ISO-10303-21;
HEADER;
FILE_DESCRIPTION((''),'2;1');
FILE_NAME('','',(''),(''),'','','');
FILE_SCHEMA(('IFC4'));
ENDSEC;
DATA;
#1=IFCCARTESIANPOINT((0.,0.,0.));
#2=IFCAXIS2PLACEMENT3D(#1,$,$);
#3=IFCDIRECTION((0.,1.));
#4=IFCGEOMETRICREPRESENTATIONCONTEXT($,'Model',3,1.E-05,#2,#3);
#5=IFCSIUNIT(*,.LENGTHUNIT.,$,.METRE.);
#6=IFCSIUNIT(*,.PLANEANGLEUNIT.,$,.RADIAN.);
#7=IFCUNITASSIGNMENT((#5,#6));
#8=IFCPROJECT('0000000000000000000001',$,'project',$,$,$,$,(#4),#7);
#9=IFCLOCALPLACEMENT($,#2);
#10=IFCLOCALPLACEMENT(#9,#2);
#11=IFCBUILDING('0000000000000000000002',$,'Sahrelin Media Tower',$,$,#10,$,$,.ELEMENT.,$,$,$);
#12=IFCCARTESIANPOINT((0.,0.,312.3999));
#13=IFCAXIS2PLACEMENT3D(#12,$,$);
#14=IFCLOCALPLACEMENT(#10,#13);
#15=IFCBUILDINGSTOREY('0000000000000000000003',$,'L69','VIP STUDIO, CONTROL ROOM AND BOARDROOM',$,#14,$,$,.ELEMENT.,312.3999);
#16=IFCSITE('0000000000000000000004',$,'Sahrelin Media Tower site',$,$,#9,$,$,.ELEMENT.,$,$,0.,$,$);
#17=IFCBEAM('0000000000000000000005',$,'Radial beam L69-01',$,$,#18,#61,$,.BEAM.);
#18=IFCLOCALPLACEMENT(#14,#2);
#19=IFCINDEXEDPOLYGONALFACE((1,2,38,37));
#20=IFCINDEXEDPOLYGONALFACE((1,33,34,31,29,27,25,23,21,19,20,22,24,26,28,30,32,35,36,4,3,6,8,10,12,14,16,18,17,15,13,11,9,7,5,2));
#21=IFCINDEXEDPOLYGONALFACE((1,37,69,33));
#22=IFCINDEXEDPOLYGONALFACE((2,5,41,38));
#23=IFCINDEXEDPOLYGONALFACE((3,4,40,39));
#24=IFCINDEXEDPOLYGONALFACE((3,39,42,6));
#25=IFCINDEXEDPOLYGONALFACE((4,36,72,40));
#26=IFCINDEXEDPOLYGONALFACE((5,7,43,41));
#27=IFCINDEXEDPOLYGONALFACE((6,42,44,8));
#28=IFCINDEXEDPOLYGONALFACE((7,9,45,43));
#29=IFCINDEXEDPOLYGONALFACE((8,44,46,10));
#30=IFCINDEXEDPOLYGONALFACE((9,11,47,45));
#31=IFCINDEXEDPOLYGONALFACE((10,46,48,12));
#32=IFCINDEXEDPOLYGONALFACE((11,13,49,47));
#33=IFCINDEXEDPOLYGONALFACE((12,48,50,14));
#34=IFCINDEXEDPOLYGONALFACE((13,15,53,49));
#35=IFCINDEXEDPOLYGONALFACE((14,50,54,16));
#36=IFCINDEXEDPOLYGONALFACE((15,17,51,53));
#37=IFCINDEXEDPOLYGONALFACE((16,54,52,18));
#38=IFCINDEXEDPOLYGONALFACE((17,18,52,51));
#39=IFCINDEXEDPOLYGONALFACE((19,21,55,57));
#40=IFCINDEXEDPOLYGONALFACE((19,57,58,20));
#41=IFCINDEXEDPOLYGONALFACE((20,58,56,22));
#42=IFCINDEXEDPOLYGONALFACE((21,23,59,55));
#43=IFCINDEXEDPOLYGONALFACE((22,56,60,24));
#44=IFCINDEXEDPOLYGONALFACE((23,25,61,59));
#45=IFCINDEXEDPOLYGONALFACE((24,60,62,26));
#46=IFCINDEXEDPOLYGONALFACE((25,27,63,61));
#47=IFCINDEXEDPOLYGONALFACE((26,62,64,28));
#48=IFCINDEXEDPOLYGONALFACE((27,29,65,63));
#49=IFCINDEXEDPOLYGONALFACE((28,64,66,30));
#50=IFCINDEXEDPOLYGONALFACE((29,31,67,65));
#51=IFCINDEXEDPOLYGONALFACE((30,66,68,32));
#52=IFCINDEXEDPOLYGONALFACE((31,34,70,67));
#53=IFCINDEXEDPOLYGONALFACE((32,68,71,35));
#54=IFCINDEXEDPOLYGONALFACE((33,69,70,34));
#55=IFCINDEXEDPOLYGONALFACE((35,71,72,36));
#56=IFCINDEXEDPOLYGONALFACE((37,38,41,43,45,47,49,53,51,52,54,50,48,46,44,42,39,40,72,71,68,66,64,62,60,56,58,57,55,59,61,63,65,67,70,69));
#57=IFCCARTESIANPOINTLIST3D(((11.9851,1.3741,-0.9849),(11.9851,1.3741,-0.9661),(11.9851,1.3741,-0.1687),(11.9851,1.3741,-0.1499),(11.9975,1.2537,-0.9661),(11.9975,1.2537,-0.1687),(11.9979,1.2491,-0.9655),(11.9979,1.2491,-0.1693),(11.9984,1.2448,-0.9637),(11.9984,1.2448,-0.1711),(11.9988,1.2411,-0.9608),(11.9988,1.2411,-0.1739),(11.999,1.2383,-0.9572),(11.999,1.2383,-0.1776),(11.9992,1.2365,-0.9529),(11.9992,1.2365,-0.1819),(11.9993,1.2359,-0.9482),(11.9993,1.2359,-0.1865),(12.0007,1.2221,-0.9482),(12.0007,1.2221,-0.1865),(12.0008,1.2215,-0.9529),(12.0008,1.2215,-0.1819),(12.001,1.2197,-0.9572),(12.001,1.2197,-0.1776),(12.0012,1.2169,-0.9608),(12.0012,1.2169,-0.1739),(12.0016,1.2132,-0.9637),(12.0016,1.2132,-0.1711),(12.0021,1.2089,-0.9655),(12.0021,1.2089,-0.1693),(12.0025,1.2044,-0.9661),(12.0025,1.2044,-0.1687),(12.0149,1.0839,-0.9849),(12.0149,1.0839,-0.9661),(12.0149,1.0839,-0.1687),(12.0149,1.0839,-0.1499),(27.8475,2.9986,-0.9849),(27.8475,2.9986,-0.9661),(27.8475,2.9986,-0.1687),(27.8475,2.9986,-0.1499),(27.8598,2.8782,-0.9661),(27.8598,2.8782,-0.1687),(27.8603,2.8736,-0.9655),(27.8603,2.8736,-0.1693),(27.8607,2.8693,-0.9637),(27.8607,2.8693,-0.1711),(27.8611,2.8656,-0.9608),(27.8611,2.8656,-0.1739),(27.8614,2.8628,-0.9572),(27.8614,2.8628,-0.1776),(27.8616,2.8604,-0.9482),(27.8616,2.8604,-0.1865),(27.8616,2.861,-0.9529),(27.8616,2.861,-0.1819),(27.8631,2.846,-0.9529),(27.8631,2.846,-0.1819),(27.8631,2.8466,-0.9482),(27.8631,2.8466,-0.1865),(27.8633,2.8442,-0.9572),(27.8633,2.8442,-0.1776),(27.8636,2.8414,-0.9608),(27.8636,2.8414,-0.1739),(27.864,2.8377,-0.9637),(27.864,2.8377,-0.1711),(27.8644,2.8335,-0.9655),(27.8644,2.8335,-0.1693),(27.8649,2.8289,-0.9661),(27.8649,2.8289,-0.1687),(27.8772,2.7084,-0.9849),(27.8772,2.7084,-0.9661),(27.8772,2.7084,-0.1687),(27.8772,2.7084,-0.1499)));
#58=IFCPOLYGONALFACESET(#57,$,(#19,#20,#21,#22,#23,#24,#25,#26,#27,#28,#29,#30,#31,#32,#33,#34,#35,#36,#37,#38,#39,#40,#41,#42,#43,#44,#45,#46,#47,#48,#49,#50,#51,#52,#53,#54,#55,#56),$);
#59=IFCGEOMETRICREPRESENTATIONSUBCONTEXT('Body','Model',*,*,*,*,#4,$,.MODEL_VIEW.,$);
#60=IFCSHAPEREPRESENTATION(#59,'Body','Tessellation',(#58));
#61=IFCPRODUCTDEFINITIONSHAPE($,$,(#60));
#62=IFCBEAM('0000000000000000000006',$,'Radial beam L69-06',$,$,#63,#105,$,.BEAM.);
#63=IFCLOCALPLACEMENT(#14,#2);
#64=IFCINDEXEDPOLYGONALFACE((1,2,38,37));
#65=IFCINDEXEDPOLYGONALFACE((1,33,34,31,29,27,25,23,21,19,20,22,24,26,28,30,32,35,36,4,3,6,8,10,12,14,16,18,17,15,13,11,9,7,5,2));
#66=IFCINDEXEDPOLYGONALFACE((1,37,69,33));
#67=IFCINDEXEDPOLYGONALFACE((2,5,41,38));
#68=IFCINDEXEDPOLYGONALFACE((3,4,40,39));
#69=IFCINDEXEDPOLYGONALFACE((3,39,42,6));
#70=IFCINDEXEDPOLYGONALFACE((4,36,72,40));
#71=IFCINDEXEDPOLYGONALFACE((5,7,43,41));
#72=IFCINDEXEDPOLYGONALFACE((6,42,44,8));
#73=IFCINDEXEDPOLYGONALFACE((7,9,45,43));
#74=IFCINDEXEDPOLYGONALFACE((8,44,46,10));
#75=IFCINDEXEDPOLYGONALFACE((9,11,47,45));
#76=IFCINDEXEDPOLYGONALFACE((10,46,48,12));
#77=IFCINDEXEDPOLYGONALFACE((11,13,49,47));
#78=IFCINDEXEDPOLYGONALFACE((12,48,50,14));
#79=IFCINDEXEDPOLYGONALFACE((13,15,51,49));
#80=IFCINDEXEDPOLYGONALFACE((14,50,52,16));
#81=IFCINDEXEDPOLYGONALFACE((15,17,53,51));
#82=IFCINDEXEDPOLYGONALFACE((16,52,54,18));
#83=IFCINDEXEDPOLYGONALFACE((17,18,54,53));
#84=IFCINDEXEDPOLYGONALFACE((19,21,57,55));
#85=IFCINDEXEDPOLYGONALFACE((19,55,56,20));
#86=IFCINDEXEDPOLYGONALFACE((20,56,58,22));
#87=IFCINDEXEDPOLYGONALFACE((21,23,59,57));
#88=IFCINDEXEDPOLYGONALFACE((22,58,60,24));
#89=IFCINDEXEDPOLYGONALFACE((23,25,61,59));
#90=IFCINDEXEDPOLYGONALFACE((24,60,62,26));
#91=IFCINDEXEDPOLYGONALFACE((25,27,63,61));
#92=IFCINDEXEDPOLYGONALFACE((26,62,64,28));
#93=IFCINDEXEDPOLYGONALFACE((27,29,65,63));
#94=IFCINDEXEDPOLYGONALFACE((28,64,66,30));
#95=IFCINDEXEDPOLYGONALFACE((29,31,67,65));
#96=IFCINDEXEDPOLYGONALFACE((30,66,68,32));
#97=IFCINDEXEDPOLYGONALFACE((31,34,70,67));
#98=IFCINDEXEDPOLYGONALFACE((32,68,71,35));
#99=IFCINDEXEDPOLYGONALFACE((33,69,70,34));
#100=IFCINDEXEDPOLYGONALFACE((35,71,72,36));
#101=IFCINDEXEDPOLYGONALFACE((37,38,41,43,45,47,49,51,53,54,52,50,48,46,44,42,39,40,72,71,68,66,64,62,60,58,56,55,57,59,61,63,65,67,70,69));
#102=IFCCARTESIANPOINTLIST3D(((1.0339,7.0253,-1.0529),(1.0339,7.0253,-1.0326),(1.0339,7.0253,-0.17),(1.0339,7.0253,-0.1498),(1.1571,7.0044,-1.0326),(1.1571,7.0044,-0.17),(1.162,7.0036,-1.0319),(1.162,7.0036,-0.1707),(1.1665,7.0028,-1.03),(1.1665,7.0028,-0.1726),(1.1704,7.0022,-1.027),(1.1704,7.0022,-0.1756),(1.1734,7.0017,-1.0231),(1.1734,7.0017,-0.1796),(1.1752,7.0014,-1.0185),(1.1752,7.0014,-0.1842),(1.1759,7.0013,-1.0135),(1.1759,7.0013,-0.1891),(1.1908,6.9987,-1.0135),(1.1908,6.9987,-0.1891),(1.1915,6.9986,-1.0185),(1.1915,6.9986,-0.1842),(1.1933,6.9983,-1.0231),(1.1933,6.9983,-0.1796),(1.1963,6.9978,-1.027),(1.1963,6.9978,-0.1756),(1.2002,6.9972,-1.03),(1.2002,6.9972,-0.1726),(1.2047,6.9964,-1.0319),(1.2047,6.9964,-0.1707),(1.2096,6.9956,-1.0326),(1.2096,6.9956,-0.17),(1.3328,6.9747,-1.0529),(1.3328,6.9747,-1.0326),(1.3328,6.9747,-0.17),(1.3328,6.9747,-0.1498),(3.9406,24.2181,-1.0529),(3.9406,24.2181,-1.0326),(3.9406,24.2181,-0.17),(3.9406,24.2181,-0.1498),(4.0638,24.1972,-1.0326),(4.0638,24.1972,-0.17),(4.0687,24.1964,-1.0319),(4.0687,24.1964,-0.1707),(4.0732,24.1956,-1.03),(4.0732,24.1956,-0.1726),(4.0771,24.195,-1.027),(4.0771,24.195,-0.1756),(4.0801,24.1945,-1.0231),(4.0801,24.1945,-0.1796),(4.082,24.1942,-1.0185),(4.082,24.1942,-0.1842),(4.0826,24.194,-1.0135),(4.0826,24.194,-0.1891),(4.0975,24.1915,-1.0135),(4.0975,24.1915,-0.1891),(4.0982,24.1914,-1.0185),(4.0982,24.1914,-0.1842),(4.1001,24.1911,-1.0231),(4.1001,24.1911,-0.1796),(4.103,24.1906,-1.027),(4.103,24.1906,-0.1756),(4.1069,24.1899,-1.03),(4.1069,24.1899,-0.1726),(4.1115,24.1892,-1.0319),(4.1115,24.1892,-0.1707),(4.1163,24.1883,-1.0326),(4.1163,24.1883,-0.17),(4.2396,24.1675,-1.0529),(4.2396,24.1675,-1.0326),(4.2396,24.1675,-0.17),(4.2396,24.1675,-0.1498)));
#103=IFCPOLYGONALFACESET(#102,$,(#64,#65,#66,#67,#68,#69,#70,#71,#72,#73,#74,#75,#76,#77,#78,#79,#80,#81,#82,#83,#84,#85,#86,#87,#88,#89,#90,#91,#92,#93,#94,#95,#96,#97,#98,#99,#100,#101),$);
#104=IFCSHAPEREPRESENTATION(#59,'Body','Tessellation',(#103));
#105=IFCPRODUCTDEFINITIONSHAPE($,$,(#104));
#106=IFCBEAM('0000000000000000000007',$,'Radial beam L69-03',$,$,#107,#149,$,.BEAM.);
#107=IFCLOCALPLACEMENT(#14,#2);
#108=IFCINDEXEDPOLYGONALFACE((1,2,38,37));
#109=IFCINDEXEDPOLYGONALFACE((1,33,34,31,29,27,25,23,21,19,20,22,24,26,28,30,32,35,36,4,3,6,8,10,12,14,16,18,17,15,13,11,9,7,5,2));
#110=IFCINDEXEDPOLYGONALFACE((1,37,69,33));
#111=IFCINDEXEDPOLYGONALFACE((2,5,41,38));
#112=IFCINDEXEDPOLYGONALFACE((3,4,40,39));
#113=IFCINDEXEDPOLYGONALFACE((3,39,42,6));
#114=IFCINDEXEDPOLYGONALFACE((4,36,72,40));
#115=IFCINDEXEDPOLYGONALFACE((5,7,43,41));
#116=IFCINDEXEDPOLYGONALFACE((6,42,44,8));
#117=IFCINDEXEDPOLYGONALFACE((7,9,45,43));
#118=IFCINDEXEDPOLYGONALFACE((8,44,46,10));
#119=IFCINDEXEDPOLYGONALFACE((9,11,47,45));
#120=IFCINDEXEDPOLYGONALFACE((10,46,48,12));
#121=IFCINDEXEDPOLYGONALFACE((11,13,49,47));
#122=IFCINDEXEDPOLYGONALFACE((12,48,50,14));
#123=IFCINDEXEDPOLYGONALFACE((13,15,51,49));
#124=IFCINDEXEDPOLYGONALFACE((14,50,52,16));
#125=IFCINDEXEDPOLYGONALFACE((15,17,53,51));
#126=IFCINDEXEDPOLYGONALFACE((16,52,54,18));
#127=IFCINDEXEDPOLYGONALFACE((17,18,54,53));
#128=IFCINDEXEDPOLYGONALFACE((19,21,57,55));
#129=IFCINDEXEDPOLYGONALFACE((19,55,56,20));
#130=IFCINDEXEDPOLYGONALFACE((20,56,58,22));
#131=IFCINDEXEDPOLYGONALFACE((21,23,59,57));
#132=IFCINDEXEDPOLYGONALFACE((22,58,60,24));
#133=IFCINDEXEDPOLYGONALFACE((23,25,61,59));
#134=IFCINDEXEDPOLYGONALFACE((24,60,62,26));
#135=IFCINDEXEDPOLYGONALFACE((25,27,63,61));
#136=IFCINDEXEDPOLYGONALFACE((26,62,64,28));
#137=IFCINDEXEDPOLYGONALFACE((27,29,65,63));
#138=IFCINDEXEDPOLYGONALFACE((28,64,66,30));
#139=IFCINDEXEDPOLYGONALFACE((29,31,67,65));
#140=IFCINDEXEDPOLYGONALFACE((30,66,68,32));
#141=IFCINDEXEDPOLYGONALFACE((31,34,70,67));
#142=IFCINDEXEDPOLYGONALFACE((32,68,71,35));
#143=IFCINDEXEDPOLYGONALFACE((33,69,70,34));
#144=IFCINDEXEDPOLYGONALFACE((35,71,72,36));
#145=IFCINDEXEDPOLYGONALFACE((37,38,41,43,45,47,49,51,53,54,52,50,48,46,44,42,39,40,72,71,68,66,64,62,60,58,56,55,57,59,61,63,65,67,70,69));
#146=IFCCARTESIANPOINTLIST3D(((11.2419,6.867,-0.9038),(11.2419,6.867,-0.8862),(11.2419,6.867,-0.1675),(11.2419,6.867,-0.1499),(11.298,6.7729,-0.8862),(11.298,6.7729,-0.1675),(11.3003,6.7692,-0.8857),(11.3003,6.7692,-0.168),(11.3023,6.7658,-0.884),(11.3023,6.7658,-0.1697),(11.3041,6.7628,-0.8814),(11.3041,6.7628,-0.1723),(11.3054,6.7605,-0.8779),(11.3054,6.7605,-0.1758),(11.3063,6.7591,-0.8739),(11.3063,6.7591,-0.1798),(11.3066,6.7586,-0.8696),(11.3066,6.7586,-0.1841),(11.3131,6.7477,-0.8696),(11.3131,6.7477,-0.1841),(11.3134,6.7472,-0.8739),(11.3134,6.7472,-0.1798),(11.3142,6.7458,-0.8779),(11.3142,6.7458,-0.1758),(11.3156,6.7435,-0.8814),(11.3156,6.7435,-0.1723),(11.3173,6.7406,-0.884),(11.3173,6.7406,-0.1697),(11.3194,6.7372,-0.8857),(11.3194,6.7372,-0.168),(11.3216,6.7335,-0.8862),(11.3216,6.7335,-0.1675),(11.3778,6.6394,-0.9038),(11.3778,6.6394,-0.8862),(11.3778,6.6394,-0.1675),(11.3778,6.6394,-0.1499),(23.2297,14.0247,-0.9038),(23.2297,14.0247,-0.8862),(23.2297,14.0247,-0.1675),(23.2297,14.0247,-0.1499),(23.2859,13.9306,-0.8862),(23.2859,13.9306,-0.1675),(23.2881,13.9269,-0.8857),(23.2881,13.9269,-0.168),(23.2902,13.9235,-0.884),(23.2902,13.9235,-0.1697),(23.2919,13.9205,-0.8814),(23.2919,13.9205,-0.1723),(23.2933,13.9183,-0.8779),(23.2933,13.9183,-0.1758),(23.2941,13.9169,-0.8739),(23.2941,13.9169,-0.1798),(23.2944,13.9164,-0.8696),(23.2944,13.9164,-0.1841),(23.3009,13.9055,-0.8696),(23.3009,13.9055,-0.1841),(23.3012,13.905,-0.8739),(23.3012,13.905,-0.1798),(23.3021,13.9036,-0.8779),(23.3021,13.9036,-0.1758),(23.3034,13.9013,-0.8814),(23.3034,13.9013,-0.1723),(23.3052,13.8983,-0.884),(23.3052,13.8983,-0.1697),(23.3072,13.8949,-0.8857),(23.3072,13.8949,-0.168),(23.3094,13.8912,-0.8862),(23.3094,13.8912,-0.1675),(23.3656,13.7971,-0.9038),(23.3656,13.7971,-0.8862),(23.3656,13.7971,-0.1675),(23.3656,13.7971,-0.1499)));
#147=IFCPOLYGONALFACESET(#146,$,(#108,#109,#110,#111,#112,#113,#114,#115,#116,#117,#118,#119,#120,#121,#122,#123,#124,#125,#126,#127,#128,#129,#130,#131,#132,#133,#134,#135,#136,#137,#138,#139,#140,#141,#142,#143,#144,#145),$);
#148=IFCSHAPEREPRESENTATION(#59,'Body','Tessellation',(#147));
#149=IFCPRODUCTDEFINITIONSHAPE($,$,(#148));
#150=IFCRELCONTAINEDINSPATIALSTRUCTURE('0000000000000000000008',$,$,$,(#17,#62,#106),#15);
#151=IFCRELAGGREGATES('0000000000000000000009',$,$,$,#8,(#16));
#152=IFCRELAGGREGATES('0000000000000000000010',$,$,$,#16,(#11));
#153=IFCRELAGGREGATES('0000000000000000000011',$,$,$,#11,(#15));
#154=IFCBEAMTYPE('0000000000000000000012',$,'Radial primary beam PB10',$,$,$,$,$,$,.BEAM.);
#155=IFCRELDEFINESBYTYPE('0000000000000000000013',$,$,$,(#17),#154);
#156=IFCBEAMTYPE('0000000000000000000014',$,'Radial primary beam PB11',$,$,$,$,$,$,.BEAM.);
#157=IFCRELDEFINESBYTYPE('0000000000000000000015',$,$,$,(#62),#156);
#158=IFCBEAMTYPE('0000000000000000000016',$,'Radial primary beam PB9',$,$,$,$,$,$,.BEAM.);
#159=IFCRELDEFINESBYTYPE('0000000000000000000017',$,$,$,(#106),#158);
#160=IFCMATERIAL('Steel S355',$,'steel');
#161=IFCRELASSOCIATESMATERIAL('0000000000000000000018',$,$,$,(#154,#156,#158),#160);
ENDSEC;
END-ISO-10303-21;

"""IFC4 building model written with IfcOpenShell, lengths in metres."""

from ifc_helpers import new_model, si_unit, direction, frame, origin, origin_2d, place, context, subcontext, project, spatial, i_section, extrude, material, material_profile, profile_set, type_object, element, save


model = new_model("IFC4")

# Units and contexts
model_context = context("Model", 3, precision=1e-05, world=origin(), true_north=direction((0.0, 1.0)))
body_context = subcontext(model_context, "Body", "Model", "MODEL_VIEW")
ifc_project = project(units=[si_unit("LENGTHUNIT", "METRE"), si_unit("PLANEANGLEUNIT", "RADIAN")], contexts=[model_context])

# Site, building, storey
site_placement = place(None, origin())
site = spatial("IfcSite", under=ifc_project, at=site_placement, Name="Sahrelin Media Tower site", CompositionType="ELEMENT", RefElevation=0.0)
building_placement = place(site_placement, origin())
building = spatial("IfcBuilding", under=site, at=building_placement, Name="Sahrelin Media Tower", CompositionType="ELEMENT")
storey_placement = place(building_placement, frame((0.0, 0.0, 312.3999)))
storey = spatial("IfcBuildingStorey", under=building, at=storey_placement, Name="L69", Description="VIP STUDIO, CONTROL ROOM AND BOARDROOM", CompositionType="ELEMENT", Elevation=312.3999)

# Beams
ifc_material_1 = material(Name="Steel S355", Category="steel")
ifc_material_profile_1 = material_profile(ifc_material_1, i_section(OverallWidth=0.2917, OverallDepth=0.835, WebThickness=0.0139, FlangeThickness=0.0188, FilletRadius=0.0178, at=origin_2d()), Name="UB 838x292x176")
ifc_profile_set_1 = profile_set([ifc_material_profile_1], Name="Steel S355")
beam_type_1 = type_object("IfcBeamType", Name="Radial primary beam PB10", PredefinedType="BEAM", material=ifc_profile_set_1)
beam_1_placement = place(storey_placement, frame((12.0, 1.229, -0.5674), z_axis=(0.994797, 0.10188, 0.0), x_axis=(-0.10188, 0.994797, 0.0)))
element("IfcBeam", 1, at=beam_1_placement, inside=storey, type_object=beam_type_1, Name="Radial beam L69-01", PredefinedType="BEAM", context=body_context, shape_type="SweptSolid", body=[
    extrude(i_section(OverallWidth=0.2917, OverallDepth=0.835, WebThickness=0.0139, FlangeThickness=0.0188, FilletRadius=0.0178, at=origin_2d()), origin(), (0.0, 0.0, 1.0), 15.9453),
])
ifc_material_profile_2 = material_profile(ifc_material_1, i_section(OverallWidth=0.3032, OverallDepth=0.9031, WebThickness=0.0151, FlangeThickness=0.0203, FilletRadius=0.019, at=origin_2d()), Name="UB 914x305x201")
ifc_profile_set_2 = profile_set([ifc_material_profile_2], Name="Steel S355")
beam_type_2 = type_object("IfcBeamType", Name="Radial primary beam PB11", PredefinedType="BEAM", material=ifc_profile_set_2)
beam_2_placement = place(storey_placement, frame((1.1833, 7.0, -0.6013), z_axis=(0.166701, 0.986008, 0.0), x_axis=(-0.986008, 0.166701, 0.0)))
element("IfcBeam", 2, at=beam_2_placement, inside=storey, type_object=beam_type_2, Name="Radial beam L69-06", PredefinedType="BEAM", context=body_context, shape_type="SweptSolid", body=[
    extrude(i_section(OverallWidth=0.3032, OverallDepth=0.9031, WebThickness=0.0151, FlangeThickness=0.0203, FilletRadius=0.019, at=origin_2d()), origin(), (0.0, 0.0, 1.0), 17.4368),
])
ifc_material_profile_3 = material_profile(ifc_material_1, i_section(OverallWidth=0.2651, OverallDepth=0.7539, WebThickness=0.0127, FlangeThickness=0.0176, FilletRadius=0.0166, at=origin_2d()), Name="UB 762x267x147")
ifc_profile_set_3 = profile_set([ifc_material_profile_3], Name="Steel S355")
beam_type_3 = type_object("IfcBeamType", Name="Radial primary beam PB9", PredefinedType="BEAM", material=ifc_profile_set_3)
beam_3_placement = place(storey_placement, frame((11.3098, 6.7532, -0.5269), z_axis=(0.858596, 0.512653, 0.0), x_axis=(-0.512653, 0.858596, 0.0)))
element("IfcBeam", 3, at=beam_3_placement, inside=storey, type_object=beam_type_3, Name="Radial beam L69-03", PredefinedType="BEAM", context=body_context, shape_type="SweptSolid", body=[
    extrude(i_section(OverallWidth=0.2651, OverallDepth=0.7539, WebThickness=0.0127, FlangeThickness=0.0176, FilletRadius=0.0166, at=origin_2d()), origin(), (0.0, 0.0, 1.0), 13.9622),
])

save(model, "model.ifc")
